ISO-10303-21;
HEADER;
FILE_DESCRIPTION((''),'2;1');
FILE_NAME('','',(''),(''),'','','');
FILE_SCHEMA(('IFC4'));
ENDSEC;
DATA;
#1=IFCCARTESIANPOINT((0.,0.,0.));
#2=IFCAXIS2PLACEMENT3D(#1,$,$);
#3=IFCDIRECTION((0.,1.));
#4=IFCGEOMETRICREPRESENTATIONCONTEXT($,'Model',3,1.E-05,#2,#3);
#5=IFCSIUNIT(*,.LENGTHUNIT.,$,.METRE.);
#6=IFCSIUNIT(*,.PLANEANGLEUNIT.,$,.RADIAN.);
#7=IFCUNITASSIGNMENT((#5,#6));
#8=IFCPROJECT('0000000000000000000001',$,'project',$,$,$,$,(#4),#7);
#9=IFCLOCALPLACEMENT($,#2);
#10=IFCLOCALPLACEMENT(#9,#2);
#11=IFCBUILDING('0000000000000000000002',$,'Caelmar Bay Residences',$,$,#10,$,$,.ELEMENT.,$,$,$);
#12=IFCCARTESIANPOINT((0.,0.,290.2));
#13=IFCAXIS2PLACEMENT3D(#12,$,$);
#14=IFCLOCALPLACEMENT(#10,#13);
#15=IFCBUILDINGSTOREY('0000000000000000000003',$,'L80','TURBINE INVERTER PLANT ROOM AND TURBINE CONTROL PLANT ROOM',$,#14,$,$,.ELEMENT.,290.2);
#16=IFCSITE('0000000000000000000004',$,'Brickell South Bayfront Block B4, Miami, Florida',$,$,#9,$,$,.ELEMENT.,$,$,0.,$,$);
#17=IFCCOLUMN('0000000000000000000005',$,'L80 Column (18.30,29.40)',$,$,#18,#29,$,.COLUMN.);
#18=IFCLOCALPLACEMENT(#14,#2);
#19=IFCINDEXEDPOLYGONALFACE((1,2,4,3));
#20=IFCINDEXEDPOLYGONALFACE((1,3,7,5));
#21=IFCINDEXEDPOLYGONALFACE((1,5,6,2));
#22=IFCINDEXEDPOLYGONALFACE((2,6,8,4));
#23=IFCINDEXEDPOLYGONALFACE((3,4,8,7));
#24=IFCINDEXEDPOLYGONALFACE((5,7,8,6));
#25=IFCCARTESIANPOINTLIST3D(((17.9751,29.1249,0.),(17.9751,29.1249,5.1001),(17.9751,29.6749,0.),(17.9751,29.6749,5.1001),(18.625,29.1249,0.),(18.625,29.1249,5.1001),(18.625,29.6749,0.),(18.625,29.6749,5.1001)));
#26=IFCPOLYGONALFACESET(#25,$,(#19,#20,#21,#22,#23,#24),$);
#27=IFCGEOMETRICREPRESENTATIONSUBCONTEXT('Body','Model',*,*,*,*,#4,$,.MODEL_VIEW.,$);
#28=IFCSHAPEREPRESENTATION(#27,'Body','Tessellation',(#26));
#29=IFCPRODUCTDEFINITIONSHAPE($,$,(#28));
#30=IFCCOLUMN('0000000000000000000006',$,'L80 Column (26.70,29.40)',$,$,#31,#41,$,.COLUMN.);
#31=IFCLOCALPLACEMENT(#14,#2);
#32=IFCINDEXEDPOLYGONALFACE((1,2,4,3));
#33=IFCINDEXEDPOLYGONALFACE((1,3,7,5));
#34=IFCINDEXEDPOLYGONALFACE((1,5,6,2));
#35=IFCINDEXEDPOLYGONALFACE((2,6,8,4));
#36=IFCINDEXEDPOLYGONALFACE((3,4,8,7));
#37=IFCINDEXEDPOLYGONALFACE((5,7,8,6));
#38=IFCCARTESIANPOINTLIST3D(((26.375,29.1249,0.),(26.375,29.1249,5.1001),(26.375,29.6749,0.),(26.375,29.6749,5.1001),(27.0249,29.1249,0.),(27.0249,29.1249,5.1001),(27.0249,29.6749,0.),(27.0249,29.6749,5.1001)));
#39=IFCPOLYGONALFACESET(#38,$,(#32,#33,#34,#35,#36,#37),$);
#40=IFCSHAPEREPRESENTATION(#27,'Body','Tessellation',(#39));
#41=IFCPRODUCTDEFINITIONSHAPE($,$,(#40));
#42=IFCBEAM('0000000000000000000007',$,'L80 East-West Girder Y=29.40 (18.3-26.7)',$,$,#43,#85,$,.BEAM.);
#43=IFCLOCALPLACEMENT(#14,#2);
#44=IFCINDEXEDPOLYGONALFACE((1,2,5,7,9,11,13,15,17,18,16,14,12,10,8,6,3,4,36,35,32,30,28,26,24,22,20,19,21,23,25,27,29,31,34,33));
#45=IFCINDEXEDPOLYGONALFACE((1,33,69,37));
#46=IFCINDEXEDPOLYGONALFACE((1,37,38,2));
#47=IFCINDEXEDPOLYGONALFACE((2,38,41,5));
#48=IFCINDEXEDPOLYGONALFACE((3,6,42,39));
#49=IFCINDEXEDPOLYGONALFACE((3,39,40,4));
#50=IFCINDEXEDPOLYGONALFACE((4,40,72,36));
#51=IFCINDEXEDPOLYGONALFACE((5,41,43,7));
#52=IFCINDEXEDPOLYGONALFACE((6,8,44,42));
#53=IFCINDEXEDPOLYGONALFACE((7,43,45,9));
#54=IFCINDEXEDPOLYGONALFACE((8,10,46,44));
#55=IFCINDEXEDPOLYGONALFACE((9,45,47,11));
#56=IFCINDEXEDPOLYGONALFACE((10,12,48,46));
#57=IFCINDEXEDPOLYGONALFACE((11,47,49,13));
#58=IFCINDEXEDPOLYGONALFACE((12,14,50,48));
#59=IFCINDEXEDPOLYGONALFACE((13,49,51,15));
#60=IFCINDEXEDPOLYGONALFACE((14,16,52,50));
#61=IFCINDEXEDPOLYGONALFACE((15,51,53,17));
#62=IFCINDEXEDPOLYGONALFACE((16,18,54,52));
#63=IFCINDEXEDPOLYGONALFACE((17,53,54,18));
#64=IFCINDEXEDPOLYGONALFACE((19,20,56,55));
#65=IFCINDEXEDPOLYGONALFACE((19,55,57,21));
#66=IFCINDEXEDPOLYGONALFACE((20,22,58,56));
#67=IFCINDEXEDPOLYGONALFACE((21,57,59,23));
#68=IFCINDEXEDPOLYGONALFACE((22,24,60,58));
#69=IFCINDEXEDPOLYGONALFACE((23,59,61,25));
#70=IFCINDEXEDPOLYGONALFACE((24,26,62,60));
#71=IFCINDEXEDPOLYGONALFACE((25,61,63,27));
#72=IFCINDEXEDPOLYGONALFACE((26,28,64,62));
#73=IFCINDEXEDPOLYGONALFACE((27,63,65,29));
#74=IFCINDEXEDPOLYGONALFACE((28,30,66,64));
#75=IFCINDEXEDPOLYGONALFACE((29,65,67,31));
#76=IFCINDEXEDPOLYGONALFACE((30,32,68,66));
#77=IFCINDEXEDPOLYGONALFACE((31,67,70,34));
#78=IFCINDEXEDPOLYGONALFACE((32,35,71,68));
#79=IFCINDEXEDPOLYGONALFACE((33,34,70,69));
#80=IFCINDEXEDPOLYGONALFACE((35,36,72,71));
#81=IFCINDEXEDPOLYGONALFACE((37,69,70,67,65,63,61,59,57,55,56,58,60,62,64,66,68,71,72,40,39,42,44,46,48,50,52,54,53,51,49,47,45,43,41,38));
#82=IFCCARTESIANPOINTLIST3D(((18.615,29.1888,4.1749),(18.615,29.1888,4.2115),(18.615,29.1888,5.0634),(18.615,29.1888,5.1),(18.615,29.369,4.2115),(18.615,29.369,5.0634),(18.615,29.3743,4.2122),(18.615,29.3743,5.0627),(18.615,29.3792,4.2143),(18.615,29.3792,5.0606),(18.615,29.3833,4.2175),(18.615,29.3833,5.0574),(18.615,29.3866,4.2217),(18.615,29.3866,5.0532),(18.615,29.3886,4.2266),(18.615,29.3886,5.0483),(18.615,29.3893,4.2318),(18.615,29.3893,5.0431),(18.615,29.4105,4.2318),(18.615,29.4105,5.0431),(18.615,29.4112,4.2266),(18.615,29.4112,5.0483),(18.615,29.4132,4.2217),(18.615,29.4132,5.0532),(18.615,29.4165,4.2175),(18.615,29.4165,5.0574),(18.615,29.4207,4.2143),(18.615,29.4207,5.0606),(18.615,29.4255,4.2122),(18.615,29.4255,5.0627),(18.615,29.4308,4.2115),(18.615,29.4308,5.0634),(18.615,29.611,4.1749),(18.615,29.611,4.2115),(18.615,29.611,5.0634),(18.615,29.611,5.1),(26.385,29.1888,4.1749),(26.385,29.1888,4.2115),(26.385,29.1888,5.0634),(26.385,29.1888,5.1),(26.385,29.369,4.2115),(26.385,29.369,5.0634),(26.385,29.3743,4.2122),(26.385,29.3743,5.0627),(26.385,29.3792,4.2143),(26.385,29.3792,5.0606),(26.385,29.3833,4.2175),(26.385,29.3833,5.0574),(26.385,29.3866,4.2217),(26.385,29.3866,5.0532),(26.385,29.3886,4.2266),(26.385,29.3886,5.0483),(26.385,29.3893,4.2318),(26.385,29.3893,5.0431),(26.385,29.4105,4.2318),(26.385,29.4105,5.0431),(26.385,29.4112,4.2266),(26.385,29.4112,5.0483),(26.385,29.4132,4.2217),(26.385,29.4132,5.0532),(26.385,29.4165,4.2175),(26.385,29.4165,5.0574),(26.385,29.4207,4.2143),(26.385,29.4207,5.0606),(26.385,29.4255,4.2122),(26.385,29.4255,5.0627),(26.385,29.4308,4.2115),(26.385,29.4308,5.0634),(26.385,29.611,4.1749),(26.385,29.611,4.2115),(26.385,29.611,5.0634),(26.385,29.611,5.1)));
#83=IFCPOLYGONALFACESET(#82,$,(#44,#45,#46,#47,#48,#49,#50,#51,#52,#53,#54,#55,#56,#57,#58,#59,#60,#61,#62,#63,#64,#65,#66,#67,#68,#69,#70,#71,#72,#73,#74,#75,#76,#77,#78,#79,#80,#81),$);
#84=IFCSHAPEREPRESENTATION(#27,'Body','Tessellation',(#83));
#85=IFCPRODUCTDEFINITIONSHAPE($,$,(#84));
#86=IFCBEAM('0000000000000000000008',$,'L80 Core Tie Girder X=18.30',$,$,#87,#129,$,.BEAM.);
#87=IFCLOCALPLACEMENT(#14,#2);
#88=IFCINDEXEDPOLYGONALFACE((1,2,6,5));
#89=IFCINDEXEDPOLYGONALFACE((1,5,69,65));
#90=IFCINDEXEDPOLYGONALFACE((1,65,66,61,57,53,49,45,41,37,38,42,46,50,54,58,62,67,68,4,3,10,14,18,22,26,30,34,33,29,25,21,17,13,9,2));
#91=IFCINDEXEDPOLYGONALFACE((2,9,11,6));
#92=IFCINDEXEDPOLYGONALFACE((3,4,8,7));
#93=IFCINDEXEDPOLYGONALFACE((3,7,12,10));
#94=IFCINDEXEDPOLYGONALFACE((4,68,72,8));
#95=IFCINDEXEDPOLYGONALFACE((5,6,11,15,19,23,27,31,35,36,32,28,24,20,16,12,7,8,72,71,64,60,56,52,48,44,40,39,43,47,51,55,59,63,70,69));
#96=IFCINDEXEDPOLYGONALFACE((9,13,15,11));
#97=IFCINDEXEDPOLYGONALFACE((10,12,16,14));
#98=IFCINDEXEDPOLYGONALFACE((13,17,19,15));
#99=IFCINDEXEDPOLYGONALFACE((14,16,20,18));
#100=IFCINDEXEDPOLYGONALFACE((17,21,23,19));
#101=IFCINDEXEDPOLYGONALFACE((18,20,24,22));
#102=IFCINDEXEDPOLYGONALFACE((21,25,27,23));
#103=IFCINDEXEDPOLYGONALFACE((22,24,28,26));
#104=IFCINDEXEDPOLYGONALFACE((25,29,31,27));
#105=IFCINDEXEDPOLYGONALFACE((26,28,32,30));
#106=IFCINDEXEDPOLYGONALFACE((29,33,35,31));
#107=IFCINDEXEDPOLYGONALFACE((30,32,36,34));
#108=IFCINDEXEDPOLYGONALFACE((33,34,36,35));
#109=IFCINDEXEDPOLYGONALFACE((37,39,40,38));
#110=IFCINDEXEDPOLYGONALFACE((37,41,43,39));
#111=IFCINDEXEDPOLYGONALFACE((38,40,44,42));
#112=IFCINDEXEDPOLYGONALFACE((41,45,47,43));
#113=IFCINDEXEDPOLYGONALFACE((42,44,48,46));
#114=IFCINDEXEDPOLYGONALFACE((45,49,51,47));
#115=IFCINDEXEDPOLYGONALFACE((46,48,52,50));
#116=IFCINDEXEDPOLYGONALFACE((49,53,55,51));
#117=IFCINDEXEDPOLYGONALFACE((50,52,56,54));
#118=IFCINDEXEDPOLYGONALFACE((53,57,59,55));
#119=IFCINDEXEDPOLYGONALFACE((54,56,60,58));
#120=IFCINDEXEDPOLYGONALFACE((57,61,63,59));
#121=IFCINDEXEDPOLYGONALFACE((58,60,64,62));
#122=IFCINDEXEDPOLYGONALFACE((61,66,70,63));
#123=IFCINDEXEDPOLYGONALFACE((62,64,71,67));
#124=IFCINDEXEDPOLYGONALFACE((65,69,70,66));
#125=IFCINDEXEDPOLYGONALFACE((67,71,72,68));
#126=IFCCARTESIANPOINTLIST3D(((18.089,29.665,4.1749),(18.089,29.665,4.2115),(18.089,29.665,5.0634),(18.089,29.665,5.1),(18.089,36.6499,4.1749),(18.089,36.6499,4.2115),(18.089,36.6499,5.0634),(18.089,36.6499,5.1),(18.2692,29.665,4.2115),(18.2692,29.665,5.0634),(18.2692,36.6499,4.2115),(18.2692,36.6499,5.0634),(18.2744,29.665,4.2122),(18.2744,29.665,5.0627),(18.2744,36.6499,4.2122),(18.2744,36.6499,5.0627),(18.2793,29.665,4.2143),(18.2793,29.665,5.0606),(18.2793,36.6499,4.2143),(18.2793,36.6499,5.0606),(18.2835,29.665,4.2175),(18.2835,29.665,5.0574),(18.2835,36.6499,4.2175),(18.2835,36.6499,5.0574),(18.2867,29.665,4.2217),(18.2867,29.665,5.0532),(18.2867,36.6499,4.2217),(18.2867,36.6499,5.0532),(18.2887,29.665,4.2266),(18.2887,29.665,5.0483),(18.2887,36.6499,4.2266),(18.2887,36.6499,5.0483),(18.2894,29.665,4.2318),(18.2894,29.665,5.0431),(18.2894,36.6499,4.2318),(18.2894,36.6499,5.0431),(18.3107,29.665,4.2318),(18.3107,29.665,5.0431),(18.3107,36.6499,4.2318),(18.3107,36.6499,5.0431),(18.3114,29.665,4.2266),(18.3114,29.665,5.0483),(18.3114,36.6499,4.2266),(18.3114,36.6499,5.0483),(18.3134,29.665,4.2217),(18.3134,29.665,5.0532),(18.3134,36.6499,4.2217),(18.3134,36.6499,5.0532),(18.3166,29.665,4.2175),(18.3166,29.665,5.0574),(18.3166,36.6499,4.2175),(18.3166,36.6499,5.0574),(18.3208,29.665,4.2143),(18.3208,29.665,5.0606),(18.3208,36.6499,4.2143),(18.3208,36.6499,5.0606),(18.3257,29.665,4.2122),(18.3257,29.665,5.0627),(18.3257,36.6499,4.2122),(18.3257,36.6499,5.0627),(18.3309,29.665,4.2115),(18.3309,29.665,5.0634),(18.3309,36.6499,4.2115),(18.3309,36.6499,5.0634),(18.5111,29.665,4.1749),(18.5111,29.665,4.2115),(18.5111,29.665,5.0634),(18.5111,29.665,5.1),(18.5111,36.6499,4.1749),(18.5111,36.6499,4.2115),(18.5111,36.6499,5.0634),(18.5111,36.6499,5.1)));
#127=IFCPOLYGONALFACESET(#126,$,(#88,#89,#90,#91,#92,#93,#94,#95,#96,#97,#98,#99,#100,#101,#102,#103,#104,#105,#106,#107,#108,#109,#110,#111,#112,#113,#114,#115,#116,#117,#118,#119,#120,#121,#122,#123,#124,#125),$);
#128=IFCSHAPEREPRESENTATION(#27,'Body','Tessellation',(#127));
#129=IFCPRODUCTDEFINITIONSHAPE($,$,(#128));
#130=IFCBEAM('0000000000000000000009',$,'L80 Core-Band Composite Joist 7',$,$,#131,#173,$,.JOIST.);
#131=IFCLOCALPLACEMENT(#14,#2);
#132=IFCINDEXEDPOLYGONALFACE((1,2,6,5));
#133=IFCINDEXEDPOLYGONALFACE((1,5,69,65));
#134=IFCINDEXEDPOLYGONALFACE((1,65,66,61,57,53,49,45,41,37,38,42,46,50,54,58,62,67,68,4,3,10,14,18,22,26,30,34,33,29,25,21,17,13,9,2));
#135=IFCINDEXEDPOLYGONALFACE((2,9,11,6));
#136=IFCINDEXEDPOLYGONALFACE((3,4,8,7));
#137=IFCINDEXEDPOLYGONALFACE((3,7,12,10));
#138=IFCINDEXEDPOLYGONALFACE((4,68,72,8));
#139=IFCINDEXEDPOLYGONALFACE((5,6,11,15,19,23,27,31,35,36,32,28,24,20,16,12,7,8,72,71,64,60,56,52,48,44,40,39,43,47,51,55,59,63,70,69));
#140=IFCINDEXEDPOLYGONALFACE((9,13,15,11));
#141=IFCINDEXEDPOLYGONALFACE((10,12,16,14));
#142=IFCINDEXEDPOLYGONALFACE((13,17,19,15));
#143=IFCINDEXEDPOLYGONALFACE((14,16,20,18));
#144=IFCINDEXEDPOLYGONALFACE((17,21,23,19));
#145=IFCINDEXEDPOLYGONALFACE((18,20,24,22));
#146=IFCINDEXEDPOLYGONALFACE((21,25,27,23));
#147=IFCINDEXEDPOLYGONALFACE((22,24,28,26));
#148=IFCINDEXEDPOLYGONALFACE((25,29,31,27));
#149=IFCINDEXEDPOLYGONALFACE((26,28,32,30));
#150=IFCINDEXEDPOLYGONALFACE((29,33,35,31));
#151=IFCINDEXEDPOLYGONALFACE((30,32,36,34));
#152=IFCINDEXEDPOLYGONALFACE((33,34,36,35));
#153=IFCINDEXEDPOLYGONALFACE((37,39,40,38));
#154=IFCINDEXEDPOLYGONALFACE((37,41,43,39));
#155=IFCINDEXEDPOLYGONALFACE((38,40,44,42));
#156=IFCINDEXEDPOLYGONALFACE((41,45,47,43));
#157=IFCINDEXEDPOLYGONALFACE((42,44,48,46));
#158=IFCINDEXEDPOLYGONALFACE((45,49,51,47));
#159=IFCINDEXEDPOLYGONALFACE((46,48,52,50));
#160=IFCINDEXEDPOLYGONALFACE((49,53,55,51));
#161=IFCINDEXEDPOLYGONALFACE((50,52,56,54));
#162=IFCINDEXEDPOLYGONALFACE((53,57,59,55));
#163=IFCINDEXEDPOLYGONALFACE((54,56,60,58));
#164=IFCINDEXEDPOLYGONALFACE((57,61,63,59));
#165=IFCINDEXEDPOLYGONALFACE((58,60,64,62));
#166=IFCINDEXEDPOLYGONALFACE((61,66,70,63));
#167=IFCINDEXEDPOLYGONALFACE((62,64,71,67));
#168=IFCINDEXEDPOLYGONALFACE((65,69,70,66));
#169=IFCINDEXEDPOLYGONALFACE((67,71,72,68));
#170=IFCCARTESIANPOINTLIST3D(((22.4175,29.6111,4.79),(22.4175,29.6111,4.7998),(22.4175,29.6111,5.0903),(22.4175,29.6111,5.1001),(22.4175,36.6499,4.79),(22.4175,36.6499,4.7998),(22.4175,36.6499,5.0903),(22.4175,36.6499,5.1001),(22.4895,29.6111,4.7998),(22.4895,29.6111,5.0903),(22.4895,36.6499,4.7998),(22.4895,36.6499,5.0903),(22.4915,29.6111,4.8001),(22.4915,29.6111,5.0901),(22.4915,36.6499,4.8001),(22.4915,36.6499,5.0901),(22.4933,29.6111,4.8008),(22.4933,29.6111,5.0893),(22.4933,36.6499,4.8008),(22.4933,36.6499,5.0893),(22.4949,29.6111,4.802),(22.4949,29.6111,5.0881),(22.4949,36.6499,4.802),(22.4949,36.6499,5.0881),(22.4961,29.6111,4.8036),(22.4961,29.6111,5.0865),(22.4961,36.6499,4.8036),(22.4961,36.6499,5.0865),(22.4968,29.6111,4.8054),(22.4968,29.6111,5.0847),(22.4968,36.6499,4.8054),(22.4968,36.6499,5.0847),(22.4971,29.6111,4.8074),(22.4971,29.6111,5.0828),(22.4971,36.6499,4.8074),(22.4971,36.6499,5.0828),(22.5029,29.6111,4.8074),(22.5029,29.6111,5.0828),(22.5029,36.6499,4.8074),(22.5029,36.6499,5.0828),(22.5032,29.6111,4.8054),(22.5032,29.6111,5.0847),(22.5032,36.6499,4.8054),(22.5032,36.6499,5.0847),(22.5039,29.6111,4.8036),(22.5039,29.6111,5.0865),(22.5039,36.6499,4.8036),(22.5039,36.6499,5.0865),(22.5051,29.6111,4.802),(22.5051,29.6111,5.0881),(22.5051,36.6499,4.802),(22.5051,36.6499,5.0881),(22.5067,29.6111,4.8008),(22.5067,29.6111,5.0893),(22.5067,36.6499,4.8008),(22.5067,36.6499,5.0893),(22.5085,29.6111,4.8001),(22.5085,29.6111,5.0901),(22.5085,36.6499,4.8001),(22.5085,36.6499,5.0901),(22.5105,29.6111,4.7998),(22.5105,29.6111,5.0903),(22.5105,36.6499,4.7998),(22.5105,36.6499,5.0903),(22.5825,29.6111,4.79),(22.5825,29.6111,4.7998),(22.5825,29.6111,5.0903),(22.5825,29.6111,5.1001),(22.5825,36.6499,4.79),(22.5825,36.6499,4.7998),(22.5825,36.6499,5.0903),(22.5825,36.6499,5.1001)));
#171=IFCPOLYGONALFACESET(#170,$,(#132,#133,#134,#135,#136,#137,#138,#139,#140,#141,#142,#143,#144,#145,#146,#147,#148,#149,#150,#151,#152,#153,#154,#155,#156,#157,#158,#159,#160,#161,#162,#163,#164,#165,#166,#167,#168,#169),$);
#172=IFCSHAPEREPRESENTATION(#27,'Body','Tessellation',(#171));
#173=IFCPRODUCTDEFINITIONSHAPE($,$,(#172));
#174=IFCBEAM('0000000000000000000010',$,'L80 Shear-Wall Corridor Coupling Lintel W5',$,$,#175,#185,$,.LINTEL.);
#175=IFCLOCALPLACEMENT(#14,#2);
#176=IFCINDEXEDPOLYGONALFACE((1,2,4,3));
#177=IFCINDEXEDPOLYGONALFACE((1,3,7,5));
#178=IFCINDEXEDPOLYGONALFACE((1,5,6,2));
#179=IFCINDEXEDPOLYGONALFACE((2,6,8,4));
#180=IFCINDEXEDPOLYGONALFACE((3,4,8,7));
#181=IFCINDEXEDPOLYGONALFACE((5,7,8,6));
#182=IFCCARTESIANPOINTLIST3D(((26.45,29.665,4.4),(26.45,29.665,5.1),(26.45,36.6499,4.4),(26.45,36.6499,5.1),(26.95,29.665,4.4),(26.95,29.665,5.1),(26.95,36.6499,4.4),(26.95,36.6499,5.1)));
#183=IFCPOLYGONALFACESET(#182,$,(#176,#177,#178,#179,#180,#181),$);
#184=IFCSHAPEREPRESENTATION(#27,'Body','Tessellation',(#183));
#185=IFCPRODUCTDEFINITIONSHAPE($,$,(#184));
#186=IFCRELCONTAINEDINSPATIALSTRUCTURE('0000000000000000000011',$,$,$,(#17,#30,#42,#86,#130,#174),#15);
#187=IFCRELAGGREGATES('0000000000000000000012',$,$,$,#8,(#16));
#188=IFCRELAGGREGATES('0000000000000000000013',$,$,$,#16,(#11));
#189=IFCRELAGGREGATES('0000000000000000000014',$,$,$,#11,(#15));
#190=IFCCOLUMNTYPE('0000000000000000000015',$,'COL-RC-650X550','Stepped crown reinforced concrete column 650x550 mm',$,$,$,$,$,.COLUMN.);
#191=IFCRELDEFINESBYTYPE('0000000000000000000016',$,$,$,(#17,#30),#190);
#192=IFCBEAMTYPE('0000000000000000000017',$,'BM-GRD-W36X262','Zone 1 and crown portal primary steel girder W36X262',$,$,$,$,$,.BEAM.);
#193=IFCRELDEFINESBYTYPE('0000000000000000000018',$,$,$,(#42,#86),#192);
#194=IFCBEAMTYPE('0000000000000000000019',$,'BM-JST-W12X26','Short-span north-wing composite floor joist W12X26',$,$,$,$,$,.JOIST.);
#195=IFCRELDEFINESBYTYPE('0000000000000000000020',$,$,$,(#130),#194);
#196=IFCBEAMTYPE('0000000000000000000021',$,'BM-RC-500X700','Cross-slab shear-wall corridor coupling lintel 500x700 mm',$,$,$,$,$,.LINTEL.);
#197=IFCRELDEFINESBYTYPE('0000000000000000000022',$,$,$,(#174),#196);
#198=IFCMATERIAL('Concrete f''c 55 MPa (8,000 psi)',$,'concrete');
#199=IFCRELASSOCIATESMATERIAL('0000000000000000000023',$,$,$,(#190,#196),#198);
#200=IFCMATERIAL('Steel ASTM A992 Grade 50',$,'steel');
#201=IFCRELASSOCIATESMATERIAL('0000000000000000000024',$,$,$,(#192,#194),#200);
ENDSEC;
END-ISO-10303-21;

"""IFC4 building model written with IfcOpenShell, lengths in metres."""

from ifc_helpers import new_model, si_unit, direction, frame, origin, origin_2d, place, context, subcontext, project, spatial, rectangle, i_section, extrude, material, material_profile, profile_set, type_object, element, save


model = new_model("IFC4")

# Units and contexts
model_context = context("Model", 3, precision=1e-05, world=origin(), true_north=direction((0.0, 1.0)))
body_context = subcontext(model_context, "Body", "Model", "MODEL_VIEW")
ifc_project = project(units=[si_unit("LENGTHUNIT", "METRE"), si_unit("PLANEANGLEUNIT", "RADIAN")], contexts=[model_context])

# Site, building, storey
site_placement = place(None, origin())
site = spatial("IfcSite", under=ifc_project, at=site_placement, Name="Brickell South Bayfront Block B4, Miami, Florida", CompositionType="ELEMENT", RefElevation=0.0)
building_placement = place(site_placement, origin())
building = spatial("IfcBuilding", under=site, at=building_placement, Name="Caelmar Bay Residences", CompositionType="ELEMENT")
storey_placement = place(building_placement, frame((0.0, 0.0, 290.2)))
storey = spatial("IfcBuildingStorey", under=building, at=storey_placement, Name="L80", Description="TURBINE INVERTER PLANT ROOM AND TURBINE CONTROL PLANT ROOM", CompositionType="ELEMENT", Elevation=290.2)

# Columns
ifc_material_1 = material(Name="Concrete f'c 55 MPa (8,000 psi)", Category="concrete")
ifc_material_profile_1 = material_profile(ifc_material_1, rectangle(XDim=0.6499, YDim=0.55, at=origin_2d()), Name="RC-COL-650X550")
ifc_profile_set_1 = profile_set([ifc_material_profile_1], Name="Concrete f'c 55 MPa (8,000 psi)")
column_type = type_object("IfcColumnType", Name="COL-RC-650X550", Description="Stepped crown reinforced concrete column 650x550 mm", PredefinedType="COLUMN", material=ifc_profile_set_1)
for number, where, z_axis, x_axis, name in (
    (1, (18.3, 29.3999, 0.0), (0.0, 0.0, 1.0), (1.0, 0.0, 0.0), "L80 Column (18.30,29.40)"),
    (2, (26.7, 29.3999, 0.0), (0.0, 0.0, 1.0), (1.0, 0.0, 0.0), "L80 Column (26.70,29.40)"),
):
    element("IfcColumn", number, at=place(storey_placement, frame(where, z_axis=z_axis, x_axis=x_axis)), inside=storey, type_object=column_type, Name=name, PredefinedType="COLUMN", context=body_context, shape_type="SweptSolid", body=[
        extrude(rectangle(XDim=0.6499, YDim=0.55, at=origin_2d()), origin(), (0.0, 0.0, 1.0), 5.1001),
    ])

# Beams
ifc_material_2 = material(Name="Steel ASTM A992 Grade 50", Category="steel")
ifc_material_profile_2 = material_profile(ifc_material_2, i_section(OverallWidth=0.4221, OverallDepth=0.925, WebThickness=0.0212, FlangeThickness=0.0366, FilletRadius=0.0203, at=origin_2d()), Name="W36X262")
ifc_profile_set_2 = profile_set([ifc_material_profile_2], Name="Steel ASTM A992 Grade 50")
beam_type_1 = type_object("IfcBeamType", Name="BM-GRD-W36X262", Description="Zone 1 and crown portal primary steel girder W36X262", PredefinedType="BEAM", material=ifc_profile_set_2)
beam_1_placement = place(storey_placement, frame((18.615, 29.3999, 4.6375), z_axis=(1.0, 0.0, 0.0), x_axis=(0.0, 1.0, 0.0)))
element("IfcBeam", 3, at=beam_1_placement, inside=storey, type_object=beam_type_1, Name="L80 East-West Girder Y=29.40 (18.3-26.7)", PredefinedType="BEAM", context=body_context, shape_type="SweptSolid", body=[
    extrude(i_section(OverallWidth=0.4221, OverallDepth=0.925, WebThickness=0.0212, FlangeThickness=0.0366, FilletRadius=0.0203, at=origin_2d()), origin(), (0.0, 0.0, 1.0), 7.77),
])
beam_2_placement = place(storey_placement, frame((18.3, 29.665, 4.6375), z_axis=(0.0, 1.0, 0.0), x_axis=(-1.0, 0.0, 0.0)))
element("IfcBeam", 4, at=beam_2_placement, inside=storey, type_object=beam_type_1, Name="L80 Core Tie Girder X=18.30", PredefinedType="BEAM", context=body_context, shape_type="SweptSolid", body=[
    extrude(i_section(OverallWidth=0.4221, OverallDepth=0.925, WebThickness=0.0212, FlangeThickness=0.0366, FilletRadius=0.0203, at=origin_2d()), origin(), (0.0, 0.0, 1.0), 6.9849),
])
ifc_material_profile_3 = material_profile(ifc_material_2, i_section(OverallWidth=0.165, OverallDepth=0.3101, WebThickness=0.0059, FlangeThickness=0.0098, FilletRadius=0.0076, at=origin_2d()), Name="W12X26")
ifc_profile_set_3 = profile_set([ifc_material_profile_3], Name="Steel ASTM A992 Grade 50")
beam_type_2 = type_object("IfcBeamType", Name="BM-JST-W12X26", Description="Short-span north-wing composite floor joist W12X26", PredefinedType="JOIST", material=ifc_profile_set_3)
beam_3_placement = place(storey_placement, frame((22.5, 29.6111, 4.9451), z_axis=(0.0, 1.0, 0.0), x_axis=(-1.0, 0.0, 0.0)))
element("IfcBeam", 5, at=beam_3_placement, inside=storey, type_object=beam_type_2, Name="L80 Core-Band Composite Joist 7", PredefinedType="JOIST", context=body_context, shape_type="SweptSolid", body=[
    extrude(i_section(OverallWidth=0.165, OverallDepth=0.3101, WebThickness=0.0059, FlangeThickness=0.0098, FilletRadius=0.0076, at=origin_2d()), origin(), (0.0, 0.0, 1.0), 7.0388),
])
ifc_material_profile_4 = material_profile(ifc_material_1, rectangle(XDim=0.5, YDim=0.7, at=origin_2d()), Name="RC-BM-500X700")
ifc_profile_set_4 = profile_set([ifc_material_profile_4], Name="Concrete f'c 55 MPa (8,000 psi)")
beam_type_3 = type_object("IfcBeamType", Name="BM-RC-500X700", Description="Cross-slab shear-wall corridor coupling lintel 500x700 mm", PredefinedType="LINTEL", material=ifc_profile_set_4)
beam_4_placement = place(storey_placement, frame((26.7, 29.665, 4.75), z_axis=(0.0, 1.0, 0.0), x_axis=(-1.0, 0.0, 0.0)))
element("IfcBeam", 6, at=beam_4_placement, inside=storey, type_object=beam_type_3, Name="L80 Shear-Wall Corridor Coupling Lintel W5", PredefinedType="LINTEL", context=body_context, shape_type="SweptSolid", body=[
    extrude(rectangle(XDim=0.5, YDim=0.7, at=origin_2d()), origin(), (0.0, 0.0, 1.0), 6.9849),
])

save(model, "model.ifc")
